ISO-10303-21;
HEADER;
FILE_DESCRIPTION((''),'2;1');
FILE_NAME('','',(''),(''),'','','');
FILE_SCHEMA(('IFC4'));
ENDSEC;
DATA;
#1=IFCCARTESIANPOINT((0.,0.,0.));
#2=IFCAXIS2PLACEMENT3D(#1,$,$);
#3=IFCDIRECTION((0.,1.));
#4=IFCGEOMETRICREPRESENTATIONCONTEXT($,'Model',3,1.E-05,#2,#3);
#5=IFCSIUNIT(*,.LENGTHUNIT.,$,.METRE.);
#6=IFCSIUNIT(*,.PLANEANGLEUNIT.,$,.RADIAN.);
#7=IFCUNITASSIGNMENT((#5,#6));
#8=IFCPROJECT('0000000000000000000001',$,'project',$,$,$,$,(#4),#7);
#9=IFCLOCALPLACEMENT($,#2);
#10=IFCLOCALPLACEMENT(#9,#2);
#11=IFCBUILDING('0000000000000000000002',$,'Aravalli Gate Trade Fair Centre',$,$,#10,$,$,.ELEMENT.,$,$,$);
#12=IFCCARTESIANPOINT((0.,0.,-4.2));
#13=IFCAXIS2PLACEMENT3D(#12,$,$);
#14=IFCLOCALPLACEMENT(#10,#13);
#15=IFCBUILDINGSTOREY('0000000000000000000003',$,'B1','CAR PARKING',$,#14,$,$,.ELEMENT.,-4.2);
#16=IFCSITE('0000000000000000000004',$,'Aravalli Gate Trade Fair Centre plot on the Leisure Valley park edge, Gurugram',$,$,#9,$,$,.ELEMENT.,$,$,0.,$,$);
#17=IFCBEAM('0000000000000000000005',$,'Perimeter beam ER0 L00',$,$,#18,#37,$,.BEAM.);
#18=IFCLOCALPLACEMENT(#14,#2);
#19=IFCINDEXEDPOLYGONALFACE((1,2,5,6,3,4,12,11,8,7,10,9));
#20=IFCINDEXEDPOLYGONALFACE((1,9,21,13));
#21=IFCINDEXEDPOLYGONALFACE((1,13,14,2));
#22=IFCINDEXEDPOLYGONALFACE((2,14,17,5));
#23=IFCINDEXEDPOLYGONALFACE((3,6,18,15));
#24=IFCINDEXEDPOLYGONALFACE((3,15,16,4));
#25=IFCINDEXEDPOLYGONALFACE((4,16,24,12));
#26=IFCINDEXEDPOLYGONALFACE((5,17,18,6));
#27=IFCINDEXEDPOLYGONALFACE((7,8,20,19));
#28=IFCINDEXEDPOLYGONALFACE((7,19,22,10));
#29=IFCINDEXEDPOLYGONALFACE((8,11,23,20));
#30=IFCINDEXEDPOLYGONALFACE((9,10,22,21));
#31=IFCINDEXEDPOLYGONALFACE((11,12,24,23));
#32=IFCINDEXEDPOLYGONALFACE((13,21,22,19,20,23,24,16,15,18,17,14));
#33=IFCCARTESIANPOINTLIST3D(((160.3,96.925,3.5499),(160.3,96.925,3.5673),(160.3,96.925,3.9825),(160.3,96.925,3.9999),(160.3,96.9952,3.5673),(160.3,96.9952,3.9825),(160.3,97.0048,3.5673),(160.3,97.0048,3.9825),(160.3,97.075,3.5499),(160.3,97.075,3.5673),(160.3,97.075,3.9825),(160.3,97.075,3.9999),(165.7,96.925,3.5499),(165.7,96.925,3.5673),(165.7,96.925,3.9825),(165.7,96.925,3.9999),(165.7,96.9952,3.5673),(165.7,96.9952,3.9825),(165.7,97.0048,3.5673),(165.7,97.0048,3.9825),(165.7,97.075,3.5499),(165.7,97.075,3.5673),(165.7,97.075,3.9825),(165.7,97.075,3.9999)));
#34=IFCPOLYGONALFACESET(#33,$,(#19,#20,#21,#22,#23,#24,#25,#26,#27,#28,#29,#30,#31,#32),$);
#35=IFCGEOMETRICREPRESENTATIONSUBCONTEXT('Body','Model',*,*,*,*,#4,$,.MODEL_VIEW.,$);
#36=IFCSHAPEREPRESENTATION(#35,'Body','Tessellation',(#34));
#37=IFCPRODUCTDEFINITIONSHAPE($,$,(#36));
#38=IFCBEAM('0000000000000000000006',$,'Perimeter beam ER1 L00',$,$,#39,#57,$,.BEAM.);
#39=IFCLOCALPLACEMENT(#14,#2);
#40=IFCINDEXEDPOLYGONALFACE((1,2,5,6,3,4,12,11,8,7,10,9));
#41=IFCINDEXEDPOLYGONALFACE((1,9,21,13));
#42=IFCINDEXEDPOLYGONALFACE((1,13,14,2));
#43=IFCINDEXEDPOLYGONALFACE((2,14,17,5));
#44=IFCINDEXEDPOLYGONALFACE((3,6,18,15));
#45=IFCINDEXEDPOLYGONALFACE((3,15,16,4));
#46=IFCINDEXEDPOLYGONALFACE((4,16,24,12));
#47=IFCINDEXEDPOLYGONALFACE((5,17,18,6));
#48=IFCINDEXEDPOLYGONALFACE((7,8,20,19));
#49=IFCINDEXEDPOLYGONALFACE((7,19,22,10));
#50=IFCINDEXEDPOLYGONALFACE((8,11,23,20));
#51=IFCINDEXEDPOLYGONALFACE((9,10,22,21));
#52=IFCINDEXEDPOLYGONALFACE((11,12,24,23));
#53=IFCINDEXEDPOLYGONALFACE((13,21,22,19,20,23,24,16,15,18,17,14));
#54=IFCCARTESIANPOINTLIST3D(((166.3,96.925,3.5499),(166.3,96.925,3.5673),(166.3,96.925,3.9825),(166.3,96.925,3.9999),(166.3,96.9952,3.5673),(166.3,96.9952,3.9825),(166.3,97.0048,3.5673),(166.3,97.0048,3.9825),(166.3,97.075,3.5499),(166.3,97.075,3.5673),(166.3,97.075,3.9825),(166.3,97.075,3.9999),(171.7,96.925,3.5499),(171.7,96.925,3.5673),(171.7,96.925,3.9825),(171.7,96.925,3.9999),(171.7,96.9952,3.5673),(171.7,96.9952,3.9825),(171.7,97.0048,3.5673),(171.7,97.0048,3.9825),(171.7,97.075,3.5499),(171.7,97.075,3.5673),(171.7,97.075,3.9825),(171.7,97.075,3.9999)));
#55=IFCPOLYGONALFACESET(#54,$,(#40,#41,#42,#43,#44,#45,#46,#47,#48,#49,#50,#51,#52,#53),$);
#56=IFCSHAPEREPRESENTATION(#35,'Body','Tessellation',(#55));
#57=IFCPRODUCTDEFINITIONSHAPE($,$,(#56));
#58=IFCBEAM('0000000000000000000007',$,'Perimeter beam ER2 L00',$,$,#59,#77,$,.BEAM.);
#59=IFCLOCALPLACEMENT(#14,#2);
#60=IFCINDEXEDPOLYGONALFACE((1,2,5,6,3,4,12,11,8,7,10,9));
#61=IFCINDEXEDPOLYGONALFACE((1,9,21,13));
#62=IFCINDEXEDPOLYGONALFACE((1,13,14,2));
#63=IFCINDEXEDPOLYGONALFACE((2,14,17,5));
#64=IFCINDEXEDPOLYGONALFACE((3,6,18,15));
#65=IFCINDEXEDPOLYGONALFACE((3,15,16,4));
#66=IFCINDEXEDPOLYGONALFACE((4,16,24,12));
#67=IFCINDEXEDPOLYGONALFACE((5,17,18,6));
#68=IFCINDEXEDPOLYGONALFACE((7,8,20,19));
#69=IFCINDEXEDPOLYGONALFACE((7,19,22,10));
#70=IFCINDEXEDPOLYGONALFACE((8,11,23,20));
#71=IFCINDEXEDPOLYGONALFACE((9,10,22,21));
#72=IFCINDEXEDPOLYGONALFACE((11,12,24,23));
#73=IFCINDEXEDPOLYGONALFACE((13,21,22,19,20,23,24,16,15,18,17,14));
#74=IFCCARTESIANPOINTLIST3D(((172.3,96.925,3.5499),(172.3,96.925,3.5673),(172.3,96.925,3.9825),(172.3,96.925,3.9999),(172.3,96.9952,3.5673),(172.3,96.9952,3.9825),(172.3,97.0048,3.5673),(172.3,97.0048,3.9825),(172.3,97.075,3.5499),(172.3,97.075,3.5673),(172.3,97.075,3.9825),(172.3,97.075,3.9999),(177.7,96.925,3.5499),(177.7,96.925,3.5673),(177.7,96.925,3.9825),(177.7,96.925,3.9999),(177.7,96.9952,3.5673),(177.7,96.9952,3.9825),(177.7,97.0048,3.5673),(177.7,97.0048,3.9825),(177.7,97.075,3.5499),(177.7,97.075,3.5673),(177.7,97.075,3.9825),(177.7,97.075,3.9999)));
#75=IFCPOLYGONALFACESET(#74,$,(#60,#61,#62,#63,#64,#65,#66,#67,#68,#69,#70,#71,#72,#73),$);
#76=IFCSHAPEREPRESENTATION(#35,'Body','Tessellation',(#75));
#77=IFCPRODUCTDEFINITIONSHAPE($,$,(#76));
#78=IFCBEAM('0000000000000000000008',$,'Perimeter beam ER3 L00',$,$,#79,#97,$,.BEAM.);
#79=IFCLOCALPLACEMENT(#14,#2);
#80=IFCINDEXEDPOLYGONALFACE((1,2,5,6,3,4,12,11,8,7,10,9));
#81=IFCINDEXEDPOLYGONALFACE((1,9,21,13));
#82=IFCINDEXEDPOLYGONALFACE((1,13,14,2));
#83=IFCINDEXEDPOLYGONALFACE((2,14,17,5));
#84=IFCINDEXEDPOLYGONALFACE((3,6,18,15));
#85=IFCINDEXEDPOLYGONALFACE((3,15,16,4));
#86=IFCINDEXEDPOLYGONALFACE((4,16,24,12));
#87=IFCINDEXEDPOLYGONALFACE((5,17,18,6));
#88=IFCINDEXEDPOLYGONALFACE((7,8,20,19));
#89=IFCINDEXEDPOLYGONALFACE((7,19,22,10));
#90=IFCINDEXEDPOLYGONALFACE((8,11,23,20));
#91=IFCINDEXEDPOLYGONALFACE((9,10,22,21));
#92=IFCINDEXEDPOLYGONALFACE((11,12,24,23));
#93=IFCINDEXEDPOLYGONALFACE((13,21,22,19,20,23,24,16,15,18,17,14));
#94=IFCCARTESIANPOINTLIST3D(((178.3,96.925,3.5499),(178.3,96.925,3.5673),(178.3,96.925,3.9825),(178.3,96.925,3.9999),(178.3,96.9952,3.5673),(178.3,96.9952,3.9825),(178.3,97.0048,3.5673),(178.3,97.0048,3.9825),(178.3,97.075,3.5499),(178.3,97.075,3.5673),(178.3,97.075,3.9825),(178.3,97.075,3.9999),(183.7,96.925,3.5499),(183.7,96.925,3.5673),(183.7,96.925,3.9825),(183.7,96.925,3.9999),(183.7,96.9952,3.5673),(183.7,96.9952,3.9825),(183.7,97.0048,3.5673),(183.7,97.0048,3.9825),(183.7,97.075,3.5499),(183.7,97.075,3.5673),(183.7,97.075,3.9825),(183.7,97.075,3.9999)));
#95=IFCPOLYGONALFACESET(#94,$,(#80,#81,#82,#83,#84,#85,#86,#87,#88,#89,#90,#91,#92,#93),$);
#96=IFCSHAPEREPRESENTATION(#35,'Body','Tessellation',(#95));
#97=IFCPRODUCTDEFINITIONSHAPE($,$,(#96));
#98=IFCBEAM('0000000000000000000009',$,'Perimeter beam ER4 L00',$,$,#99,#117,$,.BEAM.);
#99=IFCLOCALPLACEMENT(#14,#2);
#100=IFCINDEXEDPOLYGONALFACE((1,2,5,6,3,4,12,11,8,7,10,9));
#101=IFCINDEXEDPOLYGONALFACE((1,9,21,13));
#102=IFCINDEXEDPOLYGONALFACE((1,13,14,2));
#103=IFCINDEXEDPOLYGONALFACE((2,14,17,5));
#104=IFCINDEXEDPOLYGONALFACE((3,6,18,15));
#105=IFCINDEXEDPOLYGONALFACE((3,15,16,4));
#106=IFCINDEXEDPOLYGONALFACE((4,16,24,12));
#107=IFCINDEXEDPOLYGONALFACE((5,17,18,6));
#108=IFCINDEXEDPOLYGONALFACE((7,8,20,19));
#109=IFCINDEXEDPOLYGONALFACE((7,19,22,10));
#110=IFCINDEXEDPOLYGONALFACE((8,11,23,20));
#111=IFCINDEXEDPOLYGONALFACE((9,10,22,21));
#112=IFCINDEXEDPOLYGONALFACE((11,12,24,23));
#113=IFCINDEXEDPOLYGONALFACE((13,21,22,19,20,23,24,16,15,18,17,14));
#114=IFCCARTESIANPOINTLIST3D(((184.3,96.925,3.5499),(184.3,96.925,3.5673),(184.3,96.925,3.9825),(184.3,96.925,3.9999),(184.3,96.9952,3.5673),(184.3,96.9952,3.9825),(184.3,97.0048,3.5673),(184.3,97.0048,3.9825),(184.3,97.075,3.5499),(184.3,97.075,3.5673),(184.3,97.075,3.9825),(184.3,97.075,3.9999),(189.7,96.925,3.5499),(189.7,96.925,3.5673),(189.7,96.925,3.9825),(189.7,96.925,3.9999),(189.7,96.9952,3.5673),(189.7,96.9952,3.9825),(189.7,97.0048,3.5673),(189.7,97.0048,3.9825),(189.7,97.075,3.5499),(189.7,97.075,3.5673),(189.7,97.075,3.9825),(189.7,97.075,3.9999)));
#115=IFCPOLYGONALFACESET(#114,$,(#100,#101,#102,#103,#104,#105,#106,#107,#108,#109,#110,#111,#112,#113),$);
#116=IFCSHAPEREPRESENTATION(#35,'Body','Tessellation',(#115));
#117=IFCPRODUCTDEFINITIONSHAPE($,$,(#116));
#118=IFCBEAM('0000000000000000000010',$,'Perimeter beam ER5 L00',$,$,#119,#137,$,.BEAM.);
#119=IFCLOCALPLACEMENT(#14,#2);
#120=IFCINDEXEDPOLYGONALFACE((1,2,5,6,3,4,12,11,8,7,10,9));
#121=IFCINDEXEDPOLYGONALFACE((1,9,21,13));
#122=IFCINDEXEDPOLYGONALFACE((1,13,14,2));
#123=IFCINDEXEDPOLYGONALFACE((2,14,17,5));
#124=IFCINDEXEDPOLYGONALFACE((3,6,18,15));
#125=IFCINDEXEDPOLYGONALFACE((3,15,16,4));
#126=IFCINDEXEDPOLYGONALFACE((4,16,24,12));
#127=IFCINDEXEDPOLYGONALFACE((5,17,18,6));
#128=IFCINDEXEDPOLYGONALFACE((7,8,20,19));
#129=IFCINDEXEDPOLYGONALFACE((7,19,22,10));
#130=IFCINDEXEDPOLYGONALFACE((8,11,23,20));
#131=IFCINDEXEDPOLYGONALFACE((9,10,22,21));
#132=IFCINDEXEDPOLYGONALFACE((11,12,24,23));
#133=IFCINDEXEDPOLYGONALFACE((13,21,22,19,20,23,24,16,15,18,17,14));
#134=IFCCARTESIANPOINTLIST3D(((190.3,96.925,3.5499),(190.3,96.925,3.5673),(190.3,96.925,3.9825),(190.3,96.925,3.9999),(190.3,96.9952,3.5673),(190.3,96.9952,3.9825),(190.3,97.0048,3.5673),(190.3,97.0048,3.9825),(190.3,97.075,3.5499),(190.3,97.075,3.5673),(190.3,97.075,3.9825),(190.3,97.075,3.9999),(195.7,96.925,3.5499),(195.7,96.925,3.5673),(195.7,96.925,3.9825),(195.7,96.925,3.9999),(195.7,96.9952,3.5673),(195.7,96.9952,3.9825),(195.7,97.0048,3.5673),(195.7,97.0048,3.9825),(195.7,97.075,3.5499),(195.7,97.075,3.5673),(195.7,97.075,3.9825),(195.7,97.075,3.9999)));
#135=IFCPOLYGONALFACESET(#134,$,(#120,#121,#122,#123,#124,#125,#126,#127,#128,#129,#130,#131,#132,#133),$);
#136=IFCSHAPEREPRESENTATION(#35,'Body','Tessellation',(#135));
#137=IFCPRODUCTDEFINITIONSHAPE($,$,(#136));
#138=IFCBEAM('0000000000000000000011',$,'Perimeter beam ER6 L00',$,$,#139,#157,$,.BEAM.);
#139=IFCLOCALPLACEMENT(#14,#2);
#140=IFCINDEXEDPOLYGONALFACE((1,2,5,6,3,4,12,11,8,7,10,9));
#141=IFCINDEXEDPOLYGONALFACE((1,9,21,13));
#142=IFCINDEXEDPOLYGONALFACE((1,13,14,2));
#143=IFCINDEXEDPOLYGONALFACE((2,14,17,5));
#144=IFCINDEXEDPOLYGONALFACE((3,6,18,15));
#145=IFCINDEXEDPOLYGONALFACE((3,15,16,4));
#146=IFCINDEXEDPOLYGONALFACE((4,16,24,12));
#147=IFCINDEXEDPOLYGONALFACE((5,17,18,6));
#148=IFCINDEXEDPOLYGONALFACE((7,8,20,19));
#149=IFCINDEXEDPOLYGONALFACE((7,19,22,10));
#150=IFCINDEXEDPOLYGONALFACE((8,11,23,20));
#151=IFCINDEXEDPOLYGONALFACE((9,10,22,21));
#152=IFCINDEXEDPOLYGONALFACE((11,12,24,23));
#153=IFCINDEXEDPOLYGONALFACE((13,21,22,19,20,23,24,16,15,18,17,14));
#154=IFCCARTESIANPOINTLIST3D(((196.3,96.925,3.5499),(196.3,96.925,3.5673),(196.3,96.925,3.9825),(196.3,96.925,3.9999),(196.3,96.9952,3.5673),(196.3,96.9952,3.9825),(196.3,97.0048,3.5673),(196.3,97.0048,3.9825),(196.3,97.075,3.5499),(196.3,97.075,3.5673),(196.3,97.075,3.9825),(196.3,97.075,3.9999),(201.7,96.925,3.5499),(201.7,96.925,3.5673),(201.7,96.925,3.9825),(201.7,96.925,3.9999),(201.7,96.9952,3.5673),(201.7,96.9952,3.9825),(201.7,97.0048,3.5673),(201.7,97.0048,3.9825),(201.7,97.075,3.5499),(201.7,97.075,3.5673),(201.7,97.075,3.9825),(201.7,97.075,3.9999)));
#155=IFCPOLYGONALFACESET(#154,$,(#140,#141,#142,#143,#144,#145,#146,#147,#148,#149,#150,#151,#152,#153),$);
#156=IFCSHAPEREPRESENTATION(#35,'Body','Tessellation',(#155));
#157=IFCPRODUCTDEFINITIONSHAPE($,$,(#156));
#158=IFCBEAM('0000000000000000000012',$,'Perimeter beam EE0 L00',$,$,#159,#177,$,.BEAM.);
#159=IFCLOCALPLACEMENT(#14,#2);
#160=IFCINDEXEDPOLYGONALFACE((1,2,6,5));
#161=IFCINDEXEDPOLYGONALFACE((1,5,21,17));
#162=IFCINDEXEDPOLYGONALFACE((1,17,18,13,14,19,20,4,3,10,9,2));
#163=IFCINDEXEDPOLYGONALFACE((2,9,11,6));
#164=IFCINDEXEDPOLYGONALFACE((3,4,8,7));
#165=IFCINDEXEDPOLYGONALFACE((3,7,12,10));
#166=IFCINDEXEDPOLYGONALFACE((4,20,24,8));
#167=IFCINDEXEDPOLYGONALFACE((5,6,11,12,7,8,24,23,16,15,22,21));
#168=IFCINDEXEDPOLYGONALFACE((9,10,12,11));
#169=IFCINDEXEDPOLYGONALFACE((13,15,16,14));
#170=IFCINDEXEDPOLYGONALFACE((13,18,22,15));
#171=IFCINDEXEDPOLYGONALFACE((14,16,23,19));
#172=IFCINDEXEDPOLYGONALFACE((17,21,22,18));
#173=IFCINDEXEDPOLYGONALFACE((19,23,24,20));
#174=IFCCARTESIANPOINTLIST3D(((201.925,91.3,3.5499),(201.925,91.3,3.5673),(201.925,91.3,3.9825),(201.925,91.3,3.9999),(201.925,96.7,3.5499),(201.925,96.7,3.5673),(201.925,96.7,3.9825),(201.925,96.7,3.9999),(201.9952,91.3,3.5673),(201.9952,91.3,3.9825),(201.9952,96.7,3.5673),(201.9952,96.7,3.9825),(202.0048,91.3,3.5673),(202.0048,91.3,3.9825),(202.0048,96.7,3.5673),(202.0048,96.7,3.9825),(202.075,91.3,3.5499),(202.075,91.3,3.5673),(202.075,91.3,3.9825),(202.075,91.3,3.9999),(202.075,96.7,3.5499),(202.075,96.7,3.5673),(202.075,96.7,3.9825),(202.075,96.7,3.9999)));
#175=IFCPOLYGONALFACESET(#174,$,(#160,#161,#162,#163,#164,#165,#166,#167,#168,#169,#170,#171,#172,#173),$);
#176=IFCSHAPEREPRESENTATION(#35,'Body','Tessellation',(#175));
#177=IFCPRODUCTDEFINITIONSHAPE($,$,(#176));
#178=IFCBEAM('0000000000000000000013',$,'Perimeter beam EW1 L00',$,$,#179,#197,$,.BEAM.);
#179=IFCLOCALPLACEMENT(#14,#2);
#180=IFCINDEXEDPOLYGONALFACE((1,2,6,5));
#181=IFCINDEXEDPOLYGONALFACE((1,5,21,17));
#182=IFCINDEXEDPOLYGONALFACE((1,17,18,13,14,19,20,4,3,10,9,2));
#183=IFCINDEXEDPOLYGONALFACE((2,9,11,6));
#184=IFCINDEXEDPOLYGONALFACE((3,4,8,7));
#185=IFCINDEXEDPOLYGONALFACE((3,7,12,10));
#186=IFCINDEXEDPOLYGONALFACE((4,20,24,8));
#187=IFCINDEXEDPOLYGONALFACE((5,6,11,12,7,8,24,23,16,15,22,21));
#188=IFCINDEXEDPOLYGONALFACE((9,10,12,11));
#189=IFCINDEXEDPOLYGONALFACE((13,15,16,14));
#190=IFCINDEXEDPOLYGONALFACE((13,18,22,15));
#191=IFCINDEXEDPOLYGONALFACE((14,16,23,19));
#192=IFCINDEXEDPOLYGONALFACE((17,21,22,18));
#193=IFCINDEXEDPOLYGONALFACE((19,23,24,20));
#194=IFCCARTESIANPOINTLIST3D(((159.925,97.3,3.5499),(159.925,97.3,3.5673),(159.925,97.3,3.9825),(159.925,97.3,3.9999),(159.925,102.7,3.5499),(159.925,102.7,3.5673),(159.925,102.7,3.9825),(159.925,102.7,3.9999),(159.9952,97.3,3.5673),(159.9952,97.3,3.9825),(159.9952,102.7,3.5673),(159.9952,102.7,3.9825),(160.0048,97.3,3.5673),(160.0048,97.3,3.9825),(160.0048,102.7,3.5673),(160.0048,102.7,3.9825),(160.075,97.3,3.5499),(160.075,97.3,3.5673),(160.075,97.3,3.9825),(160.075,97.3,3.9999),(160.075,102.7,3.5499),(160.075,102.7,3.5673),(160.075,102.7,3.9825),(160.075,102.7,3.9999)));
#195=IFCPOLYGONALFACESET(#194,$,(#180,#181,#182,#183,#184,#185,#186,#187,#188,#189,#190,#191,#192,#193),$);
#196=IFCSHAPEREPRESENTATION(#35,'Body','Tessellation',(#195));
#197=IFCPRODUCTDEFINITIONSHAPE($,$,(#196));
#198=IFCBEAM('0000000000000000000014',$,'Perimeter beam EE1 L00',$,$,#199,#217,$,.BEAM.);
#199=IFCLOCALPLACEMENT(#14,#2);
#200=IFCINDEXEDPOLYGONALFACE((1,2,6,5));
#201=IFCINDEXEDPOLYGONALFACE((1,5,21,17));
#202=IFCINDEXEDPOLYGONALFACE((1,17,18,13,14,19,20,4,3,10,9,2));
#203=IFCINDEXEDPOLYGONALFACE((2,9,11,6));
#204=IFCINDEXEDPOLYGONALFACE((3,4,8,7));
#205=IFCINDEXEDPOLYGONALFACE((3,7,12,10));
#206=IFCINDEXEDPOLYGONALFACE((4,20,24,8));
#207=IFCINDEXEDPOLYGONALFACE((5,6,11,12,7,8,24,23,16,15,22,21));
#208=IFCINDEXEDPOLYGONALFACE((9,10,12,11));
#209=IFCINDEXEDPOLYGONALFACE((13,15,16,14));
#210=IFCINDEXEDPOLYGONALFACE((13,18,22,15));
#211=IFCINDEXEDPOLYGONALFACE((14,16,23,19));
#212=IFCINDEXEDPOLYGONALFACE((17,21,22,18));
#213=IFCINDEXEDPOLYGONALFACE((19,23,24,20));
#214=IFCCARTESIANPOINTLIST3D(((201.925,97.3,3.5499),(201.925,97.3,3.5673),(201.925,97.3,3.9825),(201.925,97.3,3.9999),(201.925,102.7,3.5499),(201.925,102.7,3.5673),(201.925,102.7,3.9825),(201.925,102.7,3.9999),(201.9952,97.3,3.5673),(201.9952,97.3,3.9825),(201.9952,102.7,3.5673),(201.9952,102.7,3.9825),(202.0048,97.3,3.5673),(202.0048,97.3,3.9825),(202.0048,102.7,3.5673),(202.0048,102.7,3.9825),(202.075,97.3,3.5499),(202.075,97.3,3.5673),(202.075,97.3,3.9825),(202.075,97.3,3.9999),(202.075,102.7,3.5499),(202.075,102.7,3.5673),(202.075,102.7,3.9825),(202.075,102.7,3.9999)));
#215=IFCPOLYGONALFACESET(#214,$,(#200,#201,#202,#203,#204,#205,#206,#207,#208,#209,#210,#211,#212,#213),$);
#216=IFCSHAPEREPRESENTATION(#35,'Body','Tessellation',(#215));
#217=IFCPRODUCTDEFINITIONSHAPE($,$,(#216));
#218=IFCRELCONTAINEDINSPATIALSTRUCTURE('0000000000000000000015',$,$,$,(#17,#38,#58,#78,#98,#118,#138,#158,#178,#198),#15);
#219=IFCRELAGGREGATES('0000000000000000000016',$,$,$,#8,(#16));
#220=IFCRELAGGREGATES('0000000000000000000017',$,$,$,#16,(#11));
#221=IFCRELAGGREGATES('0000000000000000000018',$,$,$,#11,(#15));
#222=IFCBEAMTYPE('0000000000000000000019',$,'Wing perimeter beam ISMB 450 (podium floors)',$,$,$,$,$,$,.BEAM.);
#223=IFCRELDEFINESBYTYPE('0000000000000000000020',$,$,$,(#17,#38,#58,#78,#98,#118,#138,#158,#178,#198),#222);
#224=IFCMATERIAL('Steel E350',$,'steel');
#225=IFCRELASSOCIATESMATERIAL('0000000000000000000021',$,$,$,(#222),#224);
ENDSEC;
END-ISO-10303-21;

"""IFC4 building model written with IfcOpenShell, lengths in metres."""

from ifc_helpers import new_model, si_unit, direction, frame, origin, origin_2d, place, context, subcontext, project, spatial, i_section, extrude, material, material_profile, profile_set, type_object, element, save


model = new_model("IFC4")

# Units and contexts
model_context = context("Model", 3, precision=1e-05, world=origin(), true_north=direction((0.0, 1.0)))
body_context = subcontext(model_context, "Body", "Model", "MODEL_VIEW")
ifc_project = project(units=[si_unit("LENGTHUNIT", "METRE"), si_unit("PLANEANGLEUNIT", "RADIAN")], contexts=[model_context])

# Site, building, storey
site_placement = place(None, origin())
site = spatial("IfcSite", under=ifc_project, at=site_placement, Name="Aravalli Gate Trade Fair Centre plot on the Leisure Valley park edge, Gurugram", CompositionType="ELEMENT", RefElevation=0.0)
building_placement = place(site_placement, origin())
building = spatial("IfcBuilding", under=site, at=building_placement, Name="Aravalli Gate Trade Fair Centre", CompositionType="ELEMENT")
storey_placement = place(building_placement, frame((0.0, 0.0, -4.2)))
storey = spatial("IfcBuildingStorey", under=building, at=storey_placement, Name="B1", Description="CAR PARKING", CompositionType="ELEMENT", Elevation=-4.2)

# Shared definitions
ifc_material_1 = material(Name="Steel E350", Category="steel")

# Beams
ifc_material_profile_1 = material_profile(ifc_material_1, i_section(OverallWidth=0.1499, OverallDepth=0.45, WebThickness=0.0095, FlangeThickness=0.0173, at=origin_2d()), Name="ISMB 450")
ifc_profile_set_1 = profile_set([ifc_material_profile_1], Name="Steel E350")
beam_type_1 = type_object("IfcBeamType", Name="Wing perimeter beam ISMB 450 (podium floors)", PredefinedType="BEAM", material=ifc_profile_set_1)
for number, where, z_axis, x_axis, name in (
    (1, (160.3, 97.0, 3.7749), (1.0, 0.0, 0.0), (0.0, 1.0, 0.0), "Perimeter beam ER0 L00"),
    (2, (166.3, 97.0, 3.7749), (1.0, 0.0, 0.0), (0.0, 1.0, 0.0), "Perimeter beam ER1 L00"),
    (3, (172.3, 97.0, 3.7749), (1.0, 0.0, 0.0), (0.0, 1.0, 0.0), "Perimeter beam ER2 L00"),
    (4, (178.3, 97.0, 3.7749), (1.0, 0.0, 0.0), (0.0, 1.0, 0.0), "Perimeter beam ER3 L00"),
    (5, (184.3, 97.0, 3.7749), (1.0, 0.0, 0.0), (0.0, 1.0, 0.0), "Perimeter beam ER4 L00"),
    (6, (190.3, 97.0, 3.7749), (1.0, 0.0, 0.0), (0.0, 1.0, 0.0), "Perimeter beam ER5 L00"),
    (7, (196.3, 97.0, 3.7749), (1.0, 0.0, 0.0), (0.0, 1.0, 0.0), "Perimeter beam ER6 L00"),
    (8, (202.0, 91.3, 3.7749), (0.0, 1.0, 0.0), (-1.0, 0.0, 0.0), "Perimeter beam EE0 L00"),
    (9, (160.0, 97.3, 3.7749), (0.0, 1.0, 0.0), (-1.0, 0.0, 0.0), "Perimeter beam EW1 L00"),
    (10, (202.0, 97.3, 3.7749), (0.0, 1.0, 0.0), (-1.0, 0.0, 0.0), "Perimeter beam EE1 L00"),
):
    element("IfcBeam", number, at=place(storey_placement, frame(where, z_axis=z_axis, x_axis=x_axis)), inside=storey, type_object=beam_type_1, Name=name, PredefinedType="BEAM", context=body_context, shape_type="SweptSolid", body=[
        extrude(i_section(OverallWidth=0.1499, OverallDepth=0.45, WebThickness=0.0095, FlangeThickness=0.0173, at=origin_2d()), origin(), (0.0, 0.0, 1.0), 5.3999),
    ])

save(model, "model.ifc")
